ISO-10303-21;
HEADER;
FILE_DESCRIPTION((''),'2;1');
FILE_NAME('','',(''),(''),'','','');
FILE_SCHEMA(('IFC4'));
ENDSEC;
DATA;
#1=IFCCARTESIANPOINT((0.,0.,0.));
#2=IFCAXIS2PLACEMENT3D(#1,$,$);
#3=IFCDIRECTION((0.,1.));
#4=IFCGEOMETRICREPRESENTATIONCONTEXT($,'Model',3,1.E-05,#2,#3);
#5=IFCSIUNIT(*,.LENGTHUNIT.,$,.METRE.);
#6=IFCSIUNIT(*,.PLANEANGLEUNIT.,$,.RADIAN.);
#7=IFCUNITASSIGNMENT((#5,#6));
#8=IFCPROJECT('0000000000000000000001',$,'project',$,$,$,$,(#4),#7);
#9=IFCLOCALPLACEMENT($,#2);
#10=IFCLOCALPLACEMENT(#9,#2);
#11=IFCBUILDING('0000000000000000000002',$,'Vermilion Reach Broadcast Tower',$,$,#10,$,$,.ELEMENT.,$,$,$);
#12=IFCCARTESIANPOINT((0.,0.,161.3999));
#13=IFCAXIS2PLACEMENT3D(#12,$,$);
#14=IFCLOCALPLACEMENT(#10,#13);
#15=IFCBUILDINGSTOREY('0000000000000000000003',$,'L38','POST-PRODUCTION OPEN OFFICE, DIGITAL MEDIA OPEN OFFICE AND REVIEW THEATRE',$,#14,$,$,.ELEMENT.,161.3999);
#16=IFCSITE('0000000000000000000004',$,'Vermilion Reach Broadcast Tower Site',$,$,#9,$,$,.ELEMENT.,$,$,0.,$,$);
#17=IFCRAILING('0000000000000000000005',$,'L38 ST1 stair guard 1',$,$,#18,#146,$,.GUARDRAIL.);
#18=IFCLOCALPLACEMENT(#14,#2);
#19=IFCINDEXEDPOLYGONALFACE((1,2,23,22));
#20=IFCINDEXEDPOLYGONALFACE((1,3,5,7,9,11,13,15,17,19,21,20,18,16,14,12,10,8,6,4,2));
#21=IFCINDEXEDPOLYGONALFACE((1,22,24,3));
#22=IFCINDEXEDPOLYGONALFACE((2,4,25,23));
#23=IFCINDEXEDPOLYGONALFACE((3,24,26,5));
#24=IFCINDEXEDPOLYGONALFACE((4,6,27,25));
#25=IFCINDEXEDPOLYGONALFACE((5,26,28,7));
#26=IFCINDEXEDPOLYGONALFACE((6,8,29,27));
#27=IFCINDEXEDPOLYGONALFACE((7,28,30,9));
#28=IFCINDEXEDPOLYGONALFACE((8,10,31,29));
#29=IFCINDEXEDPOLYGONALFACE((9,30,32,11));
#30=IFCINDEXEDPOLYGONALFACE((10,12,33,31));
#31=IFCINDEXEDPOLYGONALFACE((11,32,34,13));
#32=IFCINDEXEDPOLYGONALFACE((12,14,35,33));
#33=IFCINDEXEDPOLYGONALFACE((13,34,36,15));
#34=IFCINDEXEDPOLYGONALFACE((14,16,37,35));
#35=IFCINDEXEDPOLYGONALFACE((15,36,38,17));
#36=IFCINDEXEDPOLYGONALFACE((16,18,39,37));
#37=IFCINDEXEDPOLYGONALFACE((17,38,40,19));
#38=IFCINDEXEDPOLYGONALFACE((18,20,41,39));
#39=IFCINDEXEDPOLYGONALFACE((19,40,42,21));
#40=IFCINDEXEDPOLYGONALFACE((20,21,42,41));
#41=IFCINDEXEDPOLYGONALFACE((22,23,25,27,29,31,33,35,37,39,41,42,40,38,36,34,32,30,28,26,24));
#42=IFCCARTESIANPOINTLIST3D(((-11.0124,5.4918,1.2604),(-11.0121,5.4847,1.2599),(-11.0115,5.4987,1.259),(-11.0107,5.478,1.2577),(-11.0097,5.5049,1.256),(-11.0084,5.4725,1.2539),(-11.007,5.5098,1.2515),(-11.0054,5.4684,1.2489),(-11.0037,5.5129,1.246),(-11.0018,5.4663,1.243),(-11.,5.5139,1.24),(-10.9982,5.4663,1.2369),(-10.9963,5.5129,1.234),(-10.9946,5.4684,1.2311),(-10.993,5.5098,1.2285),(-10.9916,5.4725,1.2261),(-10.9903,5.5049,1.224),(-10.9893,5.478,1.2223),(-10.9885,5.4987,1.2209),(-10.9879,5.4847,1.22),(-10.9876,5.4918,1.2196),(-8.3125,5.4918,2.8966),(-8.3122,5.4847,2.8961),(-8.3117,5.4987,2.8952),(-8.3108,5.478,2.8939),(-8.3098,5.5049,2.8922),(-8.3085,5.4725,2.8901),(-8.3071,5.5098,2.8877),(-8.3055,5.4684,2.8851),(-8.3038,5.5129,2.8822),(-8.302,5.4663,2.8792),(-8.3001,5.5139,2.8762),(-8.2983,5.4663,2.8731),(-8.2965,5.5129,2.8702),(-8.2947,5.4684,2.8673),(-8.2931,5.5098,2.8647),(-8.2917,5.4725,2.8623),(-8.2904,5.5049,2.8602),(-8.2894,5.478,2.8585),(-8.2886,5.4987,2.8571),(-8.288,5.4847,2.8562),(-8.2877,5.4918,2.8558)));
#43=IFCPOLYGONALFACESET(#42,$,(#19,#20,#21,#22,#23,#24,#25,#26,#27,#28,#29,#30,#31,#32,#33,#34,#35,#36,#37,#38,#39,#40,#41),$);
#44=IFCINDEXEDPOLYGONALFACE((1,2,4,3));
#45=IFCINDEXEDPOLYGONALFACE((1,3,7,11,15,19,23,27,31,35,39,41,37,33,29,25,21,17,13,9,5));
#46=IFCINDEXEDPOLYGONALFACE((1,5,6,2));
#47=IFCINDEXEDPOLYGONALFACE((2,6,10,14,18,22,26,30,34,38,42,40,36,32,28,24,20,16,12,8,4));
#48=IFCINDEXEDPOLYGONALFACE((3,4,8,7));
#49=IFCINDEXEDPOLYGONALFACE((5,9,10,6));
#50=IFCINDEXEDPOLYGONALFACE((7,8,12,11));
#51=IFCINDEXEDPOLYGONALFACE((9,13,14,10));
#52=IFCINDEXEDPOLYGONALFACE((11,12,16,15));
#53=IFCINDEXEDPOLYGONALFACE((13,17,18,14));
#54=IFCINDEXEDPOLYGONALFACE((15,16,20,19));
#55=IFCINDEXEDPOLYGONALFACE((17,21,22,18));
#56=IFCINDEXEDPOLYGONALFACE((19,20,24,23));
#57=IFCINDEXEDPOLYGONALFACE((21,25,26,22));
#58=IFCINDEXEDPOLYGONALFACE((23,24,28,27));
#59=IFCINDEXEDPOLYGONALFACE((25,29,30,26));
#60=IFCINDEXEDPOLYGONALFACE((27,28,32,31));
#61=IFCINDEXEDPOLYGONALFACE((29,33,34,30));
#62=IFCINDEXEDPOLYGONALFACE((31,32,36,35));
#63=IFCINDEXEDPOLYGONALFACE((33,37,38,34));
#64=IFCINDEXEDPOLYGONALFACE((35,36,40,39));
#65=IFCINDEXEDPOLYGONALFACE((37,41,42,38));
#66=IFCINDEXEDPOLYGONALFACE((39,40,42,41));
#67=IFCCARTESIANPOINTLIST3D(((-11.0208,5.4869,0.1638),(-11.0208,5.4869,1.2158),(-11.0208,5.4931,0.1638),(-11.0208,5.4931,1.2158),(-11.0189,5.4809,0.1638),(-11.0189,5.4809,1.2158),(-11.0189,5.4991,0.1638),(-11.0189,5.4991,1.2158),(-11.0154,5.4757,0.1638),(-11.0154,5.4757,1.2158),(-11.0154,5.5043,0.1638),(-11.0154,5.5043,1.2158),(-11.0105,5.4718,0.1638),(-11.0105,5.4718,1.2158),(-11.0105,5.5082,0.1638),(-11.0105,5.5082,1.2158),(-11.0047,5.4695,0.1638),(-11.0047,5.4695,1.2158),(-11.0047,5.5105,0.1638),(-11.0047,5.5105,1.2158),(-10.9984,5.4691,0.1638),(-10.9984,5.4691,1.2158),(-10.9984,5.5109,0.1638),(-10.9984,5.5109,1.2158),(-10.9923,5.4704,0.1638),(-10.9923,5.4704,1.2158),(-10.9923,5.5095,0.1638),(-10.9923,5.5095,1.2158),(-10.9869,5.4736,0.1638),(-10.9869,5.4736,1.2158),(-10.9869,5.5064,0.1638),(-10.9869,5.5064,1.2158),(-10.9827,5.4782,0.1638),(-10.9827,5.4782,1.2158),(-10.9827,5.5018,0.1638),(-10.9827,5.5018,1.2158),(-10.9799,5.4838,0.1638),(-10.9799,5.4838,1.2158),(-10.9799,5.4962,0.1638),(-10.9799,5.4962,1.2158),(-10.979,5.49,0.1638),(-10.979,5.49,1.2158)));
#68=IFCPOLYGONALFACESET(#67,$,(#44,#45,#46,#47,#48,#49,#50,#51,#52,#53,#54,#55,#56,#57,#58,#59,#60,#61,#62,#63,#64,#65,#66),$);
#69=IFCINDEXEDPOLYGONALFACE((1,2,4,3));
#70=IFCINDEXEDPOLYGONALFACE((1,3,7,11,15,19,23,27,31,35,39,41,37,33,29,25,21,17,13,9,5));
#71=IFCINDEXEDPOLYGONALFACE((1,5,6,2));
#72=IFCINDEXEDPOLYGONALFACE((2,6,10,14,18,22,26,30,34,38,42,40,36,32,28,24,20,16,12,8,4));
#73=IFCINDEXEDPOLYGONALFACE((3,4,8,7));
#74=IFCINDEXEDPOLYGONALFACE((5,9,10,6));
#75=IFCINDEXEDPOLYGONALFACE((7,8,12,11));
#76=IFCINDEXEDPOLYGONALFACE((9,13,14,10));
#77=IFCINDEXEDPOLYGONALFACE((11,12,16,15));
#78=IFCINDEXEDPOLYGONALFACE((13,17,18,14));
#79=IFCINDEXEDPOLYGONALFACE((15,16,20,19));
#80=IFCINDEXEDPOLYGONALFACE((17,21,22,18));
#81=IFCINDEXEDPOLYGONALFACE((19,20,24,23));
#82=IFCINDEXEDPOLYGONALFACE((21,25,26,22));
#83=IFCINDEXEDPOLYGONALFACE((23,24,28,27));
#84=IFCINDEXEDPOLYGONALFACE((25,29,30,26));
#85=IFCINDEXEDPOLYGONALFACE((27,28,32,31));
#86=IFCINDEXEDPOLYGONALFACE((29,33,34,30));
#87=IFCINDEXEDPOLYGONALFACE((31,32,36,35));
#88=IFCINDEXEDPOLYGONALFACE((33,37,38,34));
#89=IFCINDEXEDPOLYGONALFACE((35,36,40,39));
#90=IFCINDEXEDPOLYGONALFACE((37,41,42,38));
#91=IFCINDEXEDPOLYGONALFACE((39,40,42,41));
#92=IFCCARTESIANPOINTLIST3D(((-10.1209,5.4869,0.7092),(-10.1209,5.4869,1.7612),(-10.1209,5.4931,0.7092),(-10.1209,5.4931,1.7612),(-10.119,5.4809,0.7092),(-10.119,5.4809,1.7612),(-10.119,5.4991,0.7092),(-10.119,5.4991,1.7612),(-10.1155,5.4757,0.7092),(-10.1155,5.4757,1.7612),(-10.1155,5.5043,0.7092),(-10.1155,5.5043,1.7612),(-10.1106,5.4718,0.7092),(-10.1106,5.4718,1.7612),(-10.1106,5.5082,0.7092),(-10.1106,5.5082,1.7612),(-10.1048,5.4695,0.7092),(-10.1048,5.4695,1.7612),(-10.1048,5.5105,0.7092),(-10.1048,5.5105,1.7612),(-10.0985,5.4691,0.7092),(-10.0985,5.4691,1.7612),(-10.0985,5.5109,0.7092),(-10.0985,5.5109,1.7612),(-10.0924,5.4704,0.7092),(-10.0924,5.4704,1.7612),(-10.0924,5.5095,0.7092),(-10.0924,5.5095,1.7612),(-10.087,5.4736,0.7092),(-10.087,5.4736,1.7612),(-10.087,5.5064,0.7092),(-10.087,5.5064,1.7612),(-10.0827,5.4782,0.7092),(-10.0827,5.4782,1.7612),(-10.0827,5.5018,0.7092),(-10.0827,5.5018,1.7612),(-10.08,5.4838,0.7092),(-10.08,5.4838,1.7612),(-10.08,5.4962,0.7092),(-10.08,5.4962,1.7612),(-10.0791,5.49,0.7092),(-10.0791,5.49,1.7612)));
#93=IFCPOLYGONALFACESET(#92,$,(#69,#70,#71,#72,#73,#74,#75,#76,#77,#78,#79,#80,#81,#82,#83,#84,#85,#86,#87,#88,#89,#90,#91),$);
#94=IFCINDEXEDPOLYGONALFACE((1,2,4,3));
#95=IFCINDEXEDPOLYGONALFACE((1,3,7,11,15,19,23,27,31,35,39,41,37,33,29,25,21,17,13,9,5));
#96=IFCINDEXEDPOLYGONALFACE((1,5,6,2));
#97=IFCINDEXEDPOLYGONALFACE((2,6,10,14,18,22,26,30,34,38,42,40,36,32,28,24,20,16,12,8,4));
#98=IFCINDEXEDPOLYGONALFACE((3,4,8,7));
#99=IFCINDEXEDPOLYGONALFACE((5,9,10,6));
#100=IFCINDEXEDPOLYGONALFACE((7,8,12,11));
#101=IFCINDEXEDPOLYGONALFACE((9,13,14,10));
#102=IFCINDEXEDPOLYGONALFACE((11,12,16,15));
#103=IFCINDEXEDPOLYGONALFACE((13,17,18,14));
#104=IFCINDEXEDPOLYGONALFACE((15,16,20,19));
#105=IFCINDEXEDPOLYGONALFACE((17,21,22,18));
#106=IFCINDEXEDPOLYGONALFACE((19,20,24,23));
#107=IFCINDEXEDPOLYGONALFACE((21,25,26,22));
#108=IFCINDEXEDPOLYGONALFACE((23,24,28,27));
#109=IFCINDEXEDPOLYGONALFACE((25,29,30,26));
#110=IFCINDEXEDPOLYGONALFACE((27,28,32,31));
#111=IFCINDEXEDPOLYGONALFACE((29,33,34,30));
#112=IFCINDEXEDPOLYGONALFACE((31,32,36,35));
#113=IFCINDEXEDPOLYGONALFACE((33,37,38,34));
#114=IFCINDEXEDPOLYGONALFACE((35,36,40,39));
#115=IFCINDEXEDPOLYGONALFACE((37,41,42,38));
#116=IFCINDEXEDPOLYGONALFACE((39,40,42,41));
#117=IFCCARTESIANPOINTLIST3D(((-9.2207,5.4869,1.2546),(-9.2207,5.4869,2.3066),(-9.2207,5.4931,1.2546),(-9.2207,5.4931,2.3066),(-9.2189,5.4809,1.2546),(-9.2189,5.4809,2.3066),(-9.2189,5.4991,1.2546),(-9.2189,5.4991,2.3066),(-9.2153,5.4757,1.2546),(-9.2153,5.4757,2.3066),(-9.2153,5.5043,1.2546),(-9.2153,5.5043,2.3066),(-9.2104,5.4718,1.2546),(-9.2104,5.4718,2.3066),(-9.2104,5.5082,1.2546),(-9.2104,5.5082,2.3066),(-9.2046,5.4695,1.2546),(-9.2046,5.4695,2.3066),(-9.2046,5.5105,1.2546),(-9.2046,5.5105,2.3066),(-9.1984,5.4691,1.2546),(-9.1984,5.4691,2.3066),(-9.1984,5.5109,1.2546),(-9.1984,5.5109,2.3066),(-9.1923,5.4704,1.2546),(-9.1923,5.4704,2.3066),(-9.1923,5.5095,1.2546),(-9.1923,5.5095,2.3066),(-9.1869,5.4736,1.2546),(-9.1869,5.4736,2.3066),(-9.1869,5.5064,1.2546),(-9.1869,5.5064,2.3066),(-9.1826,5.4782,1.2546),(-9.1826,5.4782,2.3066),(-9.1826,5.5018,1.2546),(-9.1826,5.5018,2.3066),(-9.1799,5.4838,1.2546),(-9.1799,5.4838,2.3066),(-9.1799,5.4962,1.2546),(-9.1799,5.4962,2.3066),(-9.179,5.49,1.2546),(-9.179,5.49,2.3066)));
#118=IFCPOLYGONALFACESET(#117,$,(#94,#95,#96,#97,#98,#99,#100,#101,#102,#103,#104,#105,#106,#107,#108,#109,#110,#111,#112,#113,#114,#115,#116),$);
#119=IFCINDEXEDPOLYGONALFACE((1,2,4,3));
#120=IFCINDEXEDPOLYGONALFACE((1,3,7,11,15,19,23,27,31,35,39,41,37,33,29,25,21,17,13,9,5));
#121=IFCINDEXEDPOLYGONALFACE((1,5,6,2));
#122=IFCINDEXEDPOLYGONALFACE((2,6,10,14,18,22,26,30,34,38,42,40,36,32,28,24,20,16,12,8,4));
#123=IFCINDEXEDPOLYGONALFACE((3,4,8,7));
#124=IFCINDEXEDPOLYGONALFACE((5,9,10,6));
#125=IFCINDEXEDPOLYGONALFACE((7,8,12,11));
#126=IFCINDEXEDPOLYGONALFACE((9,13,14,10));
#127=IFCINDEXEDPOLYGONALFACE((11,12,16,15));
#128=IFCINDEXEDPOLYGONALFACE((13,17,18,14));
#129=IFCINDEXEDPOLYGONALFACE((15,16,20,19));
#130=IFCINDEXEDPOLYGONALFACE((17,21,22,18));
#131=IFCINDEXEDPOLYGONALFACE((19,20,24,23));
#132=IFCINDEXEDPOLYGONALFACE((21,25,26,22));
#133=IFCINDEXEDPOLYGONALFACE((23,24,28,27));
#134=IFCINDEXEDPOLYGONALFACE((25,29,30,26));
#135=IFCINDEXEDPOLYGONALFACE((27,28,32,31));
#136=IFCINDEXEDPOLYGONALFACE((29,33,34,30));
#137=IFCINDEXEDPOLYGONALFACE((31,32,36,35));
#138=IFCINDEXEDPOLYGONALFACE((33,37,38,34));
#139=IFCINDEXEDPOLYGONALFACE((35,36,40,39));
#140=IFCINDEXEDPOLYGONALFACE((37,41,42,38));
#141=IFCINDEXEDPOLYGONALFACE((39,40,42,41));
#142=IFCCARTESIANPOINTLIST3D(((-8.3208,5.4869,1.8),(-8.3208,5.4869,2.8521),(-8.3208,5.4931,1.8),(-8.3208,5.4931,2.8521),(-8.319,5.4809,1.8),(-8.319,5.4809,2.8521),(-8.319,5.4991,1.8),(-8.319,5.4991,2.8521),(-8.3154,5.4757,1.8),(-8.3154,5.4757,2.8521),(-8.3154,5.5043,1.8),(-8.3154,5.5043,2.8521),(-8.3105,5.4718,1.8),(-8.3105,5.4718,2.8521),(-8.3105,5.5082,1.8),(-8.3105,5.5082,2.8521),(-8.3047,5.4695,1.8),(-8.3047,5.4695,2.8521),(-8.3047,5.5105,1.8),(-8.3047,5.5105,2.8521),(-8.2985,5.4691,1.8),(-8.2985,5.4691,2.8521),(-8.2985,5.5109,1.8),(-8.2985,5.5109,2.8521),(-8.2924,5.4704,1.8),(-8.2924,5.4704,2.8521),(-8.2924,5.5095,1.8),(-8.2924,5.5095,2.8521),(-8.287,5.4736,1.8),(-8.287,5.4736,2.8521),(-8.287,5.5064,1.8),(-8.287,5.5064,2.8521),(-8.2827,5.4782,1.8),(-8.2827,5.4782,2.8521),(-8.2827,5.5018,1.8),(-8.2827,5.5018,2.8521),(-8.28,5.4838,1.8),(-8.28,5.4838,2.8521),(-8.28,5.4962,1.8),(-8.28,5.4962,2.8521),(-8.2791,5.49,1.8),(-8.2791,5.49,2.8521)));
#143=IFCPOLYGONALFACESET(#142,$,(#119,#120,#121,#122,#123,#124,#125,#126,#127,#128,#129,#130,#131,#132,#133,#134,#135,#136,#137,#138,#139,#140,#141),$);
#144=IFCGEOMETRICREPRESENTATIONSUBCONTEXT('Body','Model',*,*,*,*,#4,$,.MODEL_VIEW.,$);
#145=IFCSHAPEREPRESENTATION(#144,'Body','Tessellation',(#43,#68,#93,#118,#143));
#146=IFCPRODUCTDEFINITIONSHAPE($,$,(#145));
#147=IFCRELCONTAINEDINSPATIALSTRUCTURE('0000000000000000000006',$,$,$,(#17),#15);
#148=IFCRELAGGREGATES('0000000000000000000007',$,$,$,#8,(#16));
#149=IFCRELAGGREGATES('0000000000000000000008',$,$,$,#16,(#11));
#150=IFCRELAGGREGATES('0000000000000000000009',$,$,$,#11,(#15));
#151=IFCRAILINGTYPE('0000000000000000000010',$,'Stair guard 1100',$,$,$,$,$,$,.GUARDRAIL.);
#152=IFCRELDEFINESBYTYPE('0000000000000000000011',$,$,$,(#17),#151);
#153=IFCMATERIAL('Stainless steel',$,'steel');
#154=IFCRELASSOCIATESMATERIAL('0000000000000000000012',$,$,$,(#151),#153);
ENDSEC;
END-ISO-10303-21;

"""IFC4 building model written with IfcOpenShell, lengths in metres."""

from ifc_helpers import new_model, si_unit, direction, frame, origin, origin_2d, place, context, subcontext, project, spatial, circle, extrude, material, type_object, element, save


model = new_model("IFC4")

# Units and contexts
model_context = context("Model", 3, precision=1e-05, world=origin(), true_north=direction((0.0, 1.0)))
body_context = subcontext(model_context, "Body", "Model", "MODEL_VIEW")
ifc_project = project(units=[si_unit("LENGTHUNIT", "METRE"), si_unit("PLANEANGLEUNIT", "RADIAN")], contexts=[model_context])

# Site, building, storey
site_placement = place(None, origin())
site = spatial("IfcSite", under=ifc_project, at=site_placement, Name="Vermilion Reach Broadcast Tower Site", CompositionType="ELEMENT", RefElevation=0.0)
building_placement = place(site_placement, origin())
building = spatial("IfcBuilding", under=site, at=building_placement, Name="Vermilion Reach Broadcast Tower", CompositionType="ELEMENT")
storey_placement = place(building_placement, frame((0.0, 0.0, 161.3999)))
storey = spatial("IfcBuildingStorey", under=building, at=storey_placement, Name="L38", Description="POST-PRODUCTION OPEN OFFICE, DIGITAL MEDIA OPEN OFFICE AND REVIEW THEATRE", CompositionType="ELEMENT", Elevation=161.3999)

# Railing
ifc_material_1 = material(Name="Stainless steel", Category="steel")
railing_type_1 = type_object("IfcRailingType", Name="Stair guard 1100", PredefinedType="GUARDRAIL", material=ifc_material_1)
railing_1_placement = place(storey_placement, frame((-11.0, 5.49, 0.1638)))
element("IfcRailing", 1, at=railing_1_placement, inside=storey, type_object=railing_type_1, Name="L38 ST1 stair guard 1", PredefinedType="GUARDRAIL", context=body_context, shape_type="SweptSolid", body=[
    extrude(circle(Radius=0.0239, at=origin_2d()), frame((0.0, 0.0, 1.0762), z_axis=(0.855212, 0.0, 0.518278), x_axis=(0.0, 1.0, 0.0)), (0.0, 0.0, 1.0), 3.157),
    extrude(circle(Radius=0.021, at=origin_2d()), origin(), (0.0, 0.0, 1.0), 1.052),
    extrude(circle(Radius=0.021, at=origin_2d()), frame((0.8999, 0.0, 0.5454)), (0.0, 0.0, 1.0), 1.052),
    extrude(circle(Radius=0.021, at=origin_2d()), frame((1.8, 0.0, 1.0908)), (0.0, 0.0, 1.0), 1.052),
    extrude(circle(Radius=0.021, at=origin_2d()), frame((2.7, 0.0, 1.6362)), (0.0, 0.0, 1.0), 1.052),
])

save(model, "model.ifc")
